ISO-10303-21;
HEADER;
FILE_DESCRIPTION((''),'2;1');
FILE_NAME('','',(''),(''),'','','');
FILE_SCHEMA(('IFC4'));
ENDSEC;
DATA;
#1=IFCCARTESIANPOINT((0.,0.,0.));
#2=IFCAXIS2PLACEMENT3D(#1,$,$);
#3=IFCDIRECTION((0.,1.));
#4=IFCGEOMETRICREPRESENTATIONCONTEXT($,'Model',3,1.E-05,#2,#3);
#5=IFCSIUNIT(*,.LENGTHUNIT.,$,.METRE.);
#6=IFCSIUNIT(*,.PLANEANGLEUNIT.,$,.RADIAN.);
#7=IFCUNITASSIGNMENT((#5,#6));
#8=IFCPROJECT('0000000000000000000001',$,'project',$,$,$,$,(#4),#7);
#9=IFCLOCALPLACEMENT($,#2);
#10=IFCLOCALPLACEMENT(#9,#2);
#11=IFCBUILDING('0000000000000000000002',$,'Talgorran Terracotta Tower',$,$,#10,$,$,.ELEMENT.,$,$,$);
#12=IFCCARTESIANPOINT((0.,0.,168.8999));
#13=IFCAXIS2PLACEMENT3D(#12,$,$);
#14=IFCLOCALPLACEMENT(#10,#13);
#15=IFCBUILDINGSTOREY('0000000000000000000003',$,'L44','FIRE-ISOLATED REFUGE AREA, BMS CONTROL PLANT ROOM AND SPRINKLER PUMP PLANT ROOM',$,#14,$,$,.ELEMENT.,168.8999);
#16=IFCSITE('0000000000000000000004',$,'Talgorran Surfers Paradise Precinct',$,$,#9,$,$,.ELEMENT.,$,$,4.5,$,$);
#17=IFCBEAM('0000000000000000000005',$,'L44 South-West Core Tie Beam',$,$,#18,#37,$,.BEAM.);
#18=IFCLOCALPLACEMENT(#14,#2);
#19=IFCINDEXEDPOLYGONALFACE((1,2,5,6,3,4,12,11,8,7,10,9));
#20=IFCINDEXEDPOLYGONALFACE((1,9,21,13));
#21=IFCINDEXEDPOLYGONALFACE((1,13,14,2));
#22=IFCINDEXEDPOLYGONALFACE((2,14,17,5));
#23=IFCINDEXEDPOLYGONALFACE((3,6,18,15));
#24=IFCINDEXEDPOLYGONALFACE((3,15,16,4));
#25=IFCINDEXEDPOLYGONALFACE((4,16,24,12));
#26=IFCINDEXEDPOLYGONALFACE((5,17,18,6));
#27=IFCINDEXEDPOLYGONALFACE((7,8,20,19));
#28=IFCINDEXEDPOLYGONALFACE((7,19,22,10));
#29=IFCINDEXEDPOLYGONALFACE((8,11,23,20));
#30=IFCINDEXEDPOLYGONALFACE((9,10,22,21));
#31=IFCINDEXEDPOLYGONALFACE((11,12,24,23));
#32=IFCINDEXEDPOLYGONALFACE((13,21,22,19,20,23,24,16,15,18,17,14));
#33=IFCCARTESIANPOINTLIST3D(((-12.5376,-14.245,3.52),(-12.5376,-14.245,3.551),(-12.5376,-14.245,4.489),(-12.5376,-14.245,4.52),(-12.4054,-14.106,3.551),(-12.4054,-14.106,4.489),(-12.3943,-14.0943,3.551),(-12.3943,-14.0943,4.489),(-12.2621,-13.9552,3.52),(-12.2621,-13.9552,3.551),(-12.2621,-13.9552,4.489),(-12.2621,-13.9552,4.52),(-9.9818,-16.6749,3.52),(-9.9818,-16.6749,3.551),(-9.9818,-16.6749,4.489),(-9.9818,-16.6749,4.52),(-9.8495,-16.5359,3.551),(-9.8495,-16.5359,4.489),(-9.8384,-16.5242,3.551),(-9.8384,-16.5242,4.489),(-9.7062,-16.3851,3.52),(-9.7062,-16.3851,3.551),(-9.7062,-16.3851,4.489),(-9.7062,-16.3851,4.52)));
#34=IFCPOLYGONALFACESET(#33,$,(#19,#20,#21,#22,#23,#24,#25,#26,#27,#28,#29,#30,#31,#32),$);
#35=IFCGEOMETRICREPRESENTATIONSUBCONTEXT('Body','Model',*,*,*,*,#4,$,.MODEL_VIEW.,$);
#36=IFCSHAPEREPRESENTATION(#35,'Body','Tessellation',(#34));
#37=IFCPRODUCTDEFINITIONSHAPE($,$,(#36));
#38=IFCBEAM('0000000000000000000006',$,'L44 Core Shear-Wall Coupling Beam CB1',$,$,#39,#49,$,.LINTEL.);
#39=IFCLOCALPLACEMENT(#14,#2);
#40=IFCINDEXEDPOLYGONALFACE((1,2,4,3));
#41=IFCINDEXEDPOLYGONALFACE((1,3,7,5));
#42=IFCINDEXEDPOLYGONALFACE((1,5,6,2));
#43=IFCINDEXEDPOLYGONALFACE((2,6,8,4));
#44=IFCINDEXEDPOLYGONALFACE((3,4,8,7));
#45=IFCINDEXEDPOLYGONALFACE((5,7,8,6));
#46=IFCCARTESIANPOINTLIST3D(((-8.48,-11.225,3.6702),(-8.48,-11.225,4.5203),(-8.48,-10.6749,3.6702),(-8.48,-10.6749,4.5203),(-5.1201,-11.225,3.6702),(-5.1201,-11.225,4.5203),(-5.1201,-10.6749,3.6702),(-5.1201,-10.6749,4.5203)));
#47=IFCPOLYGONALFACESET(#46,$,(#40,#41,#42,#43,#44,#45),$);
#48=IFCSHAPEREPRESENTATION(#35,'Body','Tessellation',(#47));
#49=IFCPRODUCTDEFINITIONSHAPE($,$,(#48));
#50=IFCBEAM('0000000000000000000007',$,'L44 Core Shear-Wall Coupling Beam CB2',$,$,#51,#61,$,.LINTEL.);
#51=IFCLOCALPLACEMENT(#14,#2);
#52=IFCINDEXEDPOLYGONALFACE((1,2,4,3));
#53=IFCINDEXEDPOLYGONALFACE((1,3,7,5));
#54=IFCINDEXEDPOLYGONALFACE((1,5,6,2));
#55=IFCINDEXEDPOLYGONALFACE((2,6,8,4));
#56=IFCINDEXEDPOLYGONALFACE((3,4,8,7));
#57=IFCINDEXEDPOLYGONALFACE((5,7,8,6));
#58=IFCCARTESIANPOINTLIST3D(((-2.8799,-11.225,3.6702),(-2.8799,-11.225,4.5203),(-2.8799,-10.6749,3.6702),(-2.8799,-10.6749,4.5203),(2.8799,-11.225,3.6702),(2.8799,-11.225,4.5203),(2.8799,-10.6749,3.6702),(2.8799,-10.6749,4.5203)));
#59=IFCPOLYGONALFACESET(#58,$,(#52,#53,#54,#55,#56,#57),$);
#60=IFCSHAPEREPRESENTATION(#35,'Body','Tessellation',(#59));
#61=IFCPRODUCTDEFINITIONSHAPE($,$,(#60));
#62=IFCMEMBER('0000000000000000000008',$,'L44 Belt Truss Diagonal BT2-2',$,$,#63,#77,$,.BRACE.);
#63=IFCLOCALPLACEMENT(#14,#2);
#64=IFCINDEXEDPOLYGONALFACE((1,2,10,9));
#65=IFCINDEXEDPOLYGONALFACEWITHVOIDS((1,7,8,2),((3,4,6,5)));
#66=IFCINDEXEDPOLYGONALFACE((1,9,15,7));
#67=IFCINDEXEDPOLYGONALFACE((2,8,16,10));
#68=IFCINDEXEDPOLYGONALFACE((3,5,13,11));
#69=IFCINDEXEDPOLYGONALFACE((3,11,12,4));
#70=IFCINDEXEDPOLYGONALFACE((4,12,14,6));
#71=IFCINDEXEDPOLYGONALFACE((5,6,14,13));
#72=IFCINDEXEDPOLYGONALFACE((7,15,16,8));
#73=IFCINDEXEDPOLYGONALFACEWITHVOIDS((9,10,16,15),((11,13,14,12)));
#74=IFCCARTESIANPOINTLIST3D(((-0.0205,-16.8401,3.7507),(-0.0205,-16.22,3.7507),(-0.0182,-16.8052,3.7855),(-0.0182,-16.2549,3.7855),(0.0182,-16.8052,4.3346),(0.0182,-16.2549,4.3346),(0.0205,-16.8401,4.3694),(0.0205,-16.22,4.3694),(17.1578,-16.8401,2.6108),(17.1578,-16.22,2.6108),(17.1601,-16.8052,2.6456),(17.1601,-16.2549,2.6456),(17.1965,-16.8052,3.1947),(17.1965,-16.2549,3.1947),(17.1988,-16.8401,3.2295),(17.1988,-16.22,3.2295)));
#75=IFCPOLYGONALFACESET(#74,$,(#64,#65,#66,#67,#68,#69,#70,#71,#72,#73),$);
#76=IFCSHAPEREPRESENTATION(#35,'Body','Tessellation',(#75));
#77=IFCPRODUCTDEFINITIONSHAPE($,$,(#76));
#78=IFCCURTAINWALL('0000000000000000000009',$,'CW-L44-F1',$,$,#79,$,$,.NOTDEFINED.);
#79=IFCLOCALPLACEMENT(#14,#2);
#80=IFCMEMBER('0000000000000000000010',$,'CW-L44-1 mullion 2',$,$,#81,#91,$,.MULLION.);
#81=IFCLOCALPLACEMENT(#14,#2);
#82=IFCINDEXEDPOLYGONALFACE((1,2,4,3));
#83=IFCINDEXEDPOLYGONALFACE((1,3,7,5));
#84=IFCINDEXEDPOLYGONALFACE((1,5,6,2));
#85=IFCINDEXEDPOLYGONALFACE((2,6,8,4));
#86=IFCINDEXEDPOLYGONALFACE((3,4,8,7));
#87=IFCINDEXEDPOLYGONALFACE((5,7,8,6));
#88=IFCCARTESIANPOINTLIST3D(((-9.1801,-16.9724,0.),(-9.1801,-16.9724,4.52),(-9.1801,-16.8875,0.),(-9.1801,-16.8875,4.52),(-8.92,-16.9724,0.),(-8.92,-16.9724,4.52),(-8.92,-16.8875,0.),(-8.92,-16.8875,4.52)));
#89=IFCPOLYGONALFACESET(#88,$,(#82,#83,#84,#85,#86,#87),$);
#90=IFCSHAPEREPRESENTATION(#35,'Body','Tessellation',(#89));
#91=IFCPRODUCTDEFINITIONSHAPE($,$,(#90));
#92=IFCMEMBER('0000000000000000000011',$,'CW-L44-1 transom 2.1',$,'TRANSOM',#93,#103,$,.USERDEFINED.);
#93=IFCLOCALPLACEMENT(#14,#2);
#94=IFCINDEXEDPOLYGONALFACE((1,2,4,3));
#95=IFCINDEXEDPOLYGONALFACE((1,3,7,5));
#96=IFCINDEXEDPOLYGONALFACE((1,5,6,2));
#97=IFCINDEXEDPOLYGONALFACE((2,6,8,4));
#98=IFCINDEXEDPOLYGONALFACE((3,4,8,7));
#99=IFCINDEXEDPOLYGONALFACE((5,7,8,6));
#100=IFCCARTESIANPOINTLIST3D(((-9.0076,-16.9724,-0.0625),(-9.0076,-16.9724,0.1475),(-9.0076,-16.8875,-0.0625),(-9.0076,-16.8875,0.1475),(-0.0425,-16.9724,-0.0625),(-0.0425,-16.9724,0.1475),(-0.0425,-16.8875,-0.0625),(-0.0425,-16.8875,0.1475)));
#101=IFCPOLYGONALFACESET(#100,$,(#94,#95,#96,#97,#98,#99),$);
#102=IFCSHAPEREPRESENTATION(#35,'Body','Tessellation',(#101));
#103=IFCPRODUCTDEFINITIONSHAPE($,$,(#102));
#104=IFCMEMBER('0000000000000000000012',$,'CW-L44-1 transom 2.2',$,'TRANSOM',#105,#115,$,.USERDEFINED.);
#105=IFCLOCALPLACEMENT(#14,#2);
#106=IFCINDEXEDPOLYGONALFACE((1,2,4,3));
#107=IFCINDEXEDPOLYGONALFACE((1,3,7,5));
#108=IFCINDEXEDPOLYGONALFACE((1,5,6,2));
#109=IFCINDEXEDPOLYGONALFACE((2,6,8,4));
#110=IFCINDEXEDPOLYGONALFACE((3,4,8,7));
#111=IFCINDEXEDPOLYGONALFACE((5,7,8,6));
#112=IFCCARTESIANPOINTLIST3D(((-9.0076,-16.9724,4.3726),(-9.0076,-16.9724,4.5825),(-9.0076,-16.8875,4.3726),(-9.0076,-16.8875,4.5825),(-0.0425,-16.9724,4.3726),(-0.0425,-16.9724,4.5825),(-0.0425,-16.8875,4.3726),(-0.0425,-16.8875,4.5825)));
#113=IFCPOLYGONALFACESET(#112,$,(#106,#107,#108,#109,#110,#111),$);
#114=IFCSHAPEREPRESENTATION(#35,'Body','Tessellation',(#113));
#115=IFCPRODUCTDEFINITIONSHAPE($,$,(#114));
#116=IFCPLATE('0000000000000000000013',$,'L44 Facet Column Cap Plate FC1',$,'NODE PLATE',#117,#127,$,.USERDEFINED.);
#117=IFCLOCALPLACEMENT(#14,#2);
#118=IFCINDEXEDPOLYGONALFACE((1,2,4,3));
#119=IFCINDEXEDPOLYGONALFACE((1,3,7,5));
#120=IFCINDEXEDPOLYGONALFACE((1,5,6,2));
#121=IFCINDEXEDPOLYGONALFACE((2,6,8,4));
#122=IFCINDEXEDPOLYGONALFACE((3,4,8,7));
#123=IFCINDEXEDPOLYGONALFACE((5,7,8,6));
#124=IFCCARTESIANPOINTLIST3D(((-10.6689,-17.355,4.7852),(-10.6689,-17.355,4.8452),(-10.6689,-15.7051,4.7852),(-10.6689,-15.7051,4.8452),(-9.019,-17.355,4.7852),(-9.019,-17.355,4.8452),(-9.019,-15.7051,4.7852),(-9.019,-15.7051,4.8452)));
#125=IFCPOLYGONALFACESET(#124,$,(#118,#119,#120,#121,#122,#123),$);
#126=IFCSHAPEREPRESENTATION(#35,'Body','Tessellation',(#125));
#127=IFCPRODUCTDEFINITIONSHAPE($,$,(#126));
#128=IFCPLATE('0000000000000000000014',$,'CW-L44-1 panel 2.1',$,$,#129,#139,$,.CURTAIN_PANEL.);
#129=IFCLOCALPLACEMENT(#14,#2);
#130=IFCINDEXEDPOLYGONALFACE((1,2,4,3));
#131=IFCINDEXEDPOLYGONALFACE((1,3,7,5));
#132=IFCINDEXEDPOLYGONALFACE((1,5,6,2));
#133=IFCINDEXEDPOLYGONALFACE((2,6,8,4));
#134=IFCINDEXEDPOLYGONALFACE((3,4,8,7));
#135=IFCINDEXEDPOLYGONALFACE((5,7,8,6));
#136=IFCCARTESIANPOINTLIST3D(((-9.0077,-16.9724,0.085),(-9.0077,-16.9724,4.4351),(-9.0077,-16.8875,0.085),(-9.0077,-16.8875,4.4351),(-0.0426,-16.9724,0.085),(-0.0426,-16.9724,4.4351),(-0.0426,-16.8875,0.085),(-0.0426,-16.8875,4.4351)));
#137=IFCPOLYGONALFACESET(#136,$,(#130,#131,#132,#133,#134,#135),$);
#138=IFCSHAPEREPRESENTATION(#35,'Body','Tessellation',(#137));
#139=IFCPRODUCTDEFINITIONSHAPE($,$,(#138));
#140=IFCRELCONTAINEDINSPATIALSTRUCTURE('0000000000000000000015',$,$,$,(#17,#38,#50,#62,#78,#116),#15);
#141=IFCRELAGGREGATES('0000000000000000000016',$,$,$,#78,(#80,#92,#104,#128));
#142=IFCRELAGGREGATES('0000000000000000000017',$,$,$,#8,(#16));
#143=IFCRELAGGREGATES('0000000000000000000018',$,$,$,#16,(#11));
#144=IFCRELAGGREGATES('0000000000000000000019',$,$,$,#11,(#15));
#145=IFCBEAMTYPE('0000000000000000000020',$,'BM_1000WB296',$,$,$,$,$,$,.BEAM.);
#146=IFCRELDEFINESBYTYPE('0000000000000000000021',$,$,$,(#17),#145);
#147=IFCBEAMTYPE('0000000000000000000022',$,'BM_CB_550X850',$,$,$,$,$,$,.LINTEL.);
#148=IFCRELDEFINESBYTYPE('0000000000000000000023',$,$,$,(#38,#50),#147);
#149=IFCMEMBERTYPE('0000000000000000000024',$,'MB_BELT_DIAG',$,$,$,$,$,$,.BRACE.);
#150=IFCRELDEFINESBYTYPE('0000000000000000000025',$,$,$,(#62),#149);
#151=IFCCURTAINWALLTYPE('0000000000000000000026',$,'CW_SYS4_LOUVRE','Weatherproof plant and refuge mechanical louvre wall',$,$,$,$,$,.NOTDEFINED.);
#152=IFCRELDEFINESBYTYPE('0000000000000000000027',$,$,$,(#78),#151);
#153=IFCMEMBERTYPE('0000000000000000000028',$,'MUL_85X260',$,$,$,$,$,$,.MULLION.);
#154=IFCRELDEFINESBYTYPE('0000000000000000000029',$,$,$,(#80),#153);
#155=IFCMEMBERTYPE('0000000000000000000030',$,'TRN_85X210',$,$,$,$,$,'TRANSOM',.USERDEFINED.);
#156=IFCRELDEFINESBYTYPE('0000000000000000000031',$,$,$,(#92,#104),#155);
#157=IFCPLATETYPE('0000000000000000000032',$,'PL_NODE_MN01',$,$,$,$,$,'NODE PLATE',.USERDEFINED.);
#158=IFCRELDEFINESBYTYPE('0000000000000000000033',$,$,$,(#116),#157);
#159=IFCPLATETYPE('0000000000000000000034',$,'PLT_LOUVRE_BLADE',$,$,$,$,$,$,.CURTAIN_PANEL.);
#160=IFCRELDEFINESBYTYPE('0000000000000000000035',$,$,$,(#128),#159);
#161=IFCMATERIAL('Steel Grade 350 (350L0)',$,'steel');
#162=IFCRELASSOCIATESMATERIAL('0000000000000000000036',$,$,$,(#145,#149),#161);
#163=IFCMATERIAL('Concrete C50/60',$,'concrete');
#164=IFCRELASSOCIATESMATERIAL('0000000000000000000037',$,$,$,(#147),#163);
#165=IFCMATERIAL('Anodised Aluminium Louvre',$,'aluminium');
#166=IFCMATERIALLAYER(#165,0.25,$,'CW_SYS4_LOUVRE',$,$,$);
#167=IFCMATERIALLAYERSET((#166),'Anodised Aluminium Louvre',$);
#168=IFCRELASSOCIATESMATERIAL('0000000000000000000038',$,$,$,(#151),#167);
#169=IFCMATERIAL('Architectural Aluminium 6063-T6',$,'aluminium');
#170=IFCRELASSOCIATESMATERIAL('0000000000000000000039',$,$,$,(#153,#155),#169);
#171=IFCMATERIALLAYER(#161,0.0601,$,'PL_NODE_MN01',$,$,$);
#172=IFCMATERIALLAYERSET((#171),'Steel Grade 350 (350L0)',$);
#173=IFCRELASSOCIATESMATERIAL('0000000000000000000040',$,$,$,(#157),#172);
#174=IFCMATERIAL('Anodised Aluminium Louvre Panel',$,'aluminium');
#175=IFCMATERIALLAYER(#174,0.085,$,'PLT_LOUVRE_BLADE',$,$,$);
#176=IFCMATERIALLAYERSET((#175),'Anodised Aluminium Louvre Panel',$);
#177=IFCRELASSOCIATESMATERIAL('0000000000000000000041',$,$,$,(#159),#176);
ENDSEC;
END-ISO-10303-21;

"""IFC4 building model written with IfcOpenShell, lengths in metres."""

from ifc_helpers import new_model, si_unit, direction, frame, origin, origin_2d, place, context, subcontext, project, spatial, rectangle, hollow_rectangle, i_section, extrude, source, transform, mapped, material, layer, layer_set, material_profile, profile_set, type_object, type_shapes, element, aggregate, save


model = new_model("IFC4")

# Units and contexts
model_context = context("Model", 3, precision=1e-05, world=origin(), true_north=direction((0.0, 1.0)))
body_context = subcontext(model_context, "Body", "Model", "MODEL_VIEW")
ifc_project = project(units=[si_unit("LENGTHUNIT", "METRE"), si_unit("PLANEANGLEUNIT", "RADIAN")], contexts=[model_context])

# Site, building, storey
site_placement = place(None, origin())
site = spatial("IfcSite", under=ifc_project, at=site_placement, Name="Talgorran Surfers Paradise Precinct", CompositionType="ELEMENT", RefElevation=4.5)
building_placement = place(site_placement, origin())
building = spatial("IfcBuilding", under=site, at=building_placement, Name="Talgorran Terracotta Tower", CompositionType="ELEMENT")
storey_placement = place(building_placement, frame((0.0, 0.0, 168.8999)))
storey = spatial("IfcBuildingStorey", under=building, at=storey_placement, Name="L44", Description="FIRE-ISOLATED REFUGE AREA, BMS CONTROL PLANT ROOM AND SPRINKLER PUMP PLANT ROOM", CompositionType="ELEMENT", Elevation=168.8999)

# Beams
ifc_material_1 = material(Name="Steel Grade 350 (350L0)", Category="steel")
ifc_material_profile_1 = material_profile(ifc_material_1, i_section(OverallWidth=0.3999, OverallDepth=1.0, WebThickness=0.0161, FlangeThickness=0.031, at=origin_2d()), Name="1000WB296")
ifc_profile_set_1 = profile_set([ifc_material_profile_1], Name="Steel Grade 350 (350L0)")
beam_type_1 = type_object("IfcBeamType", Name="BM_1000WB296", PredefinedType="BEAM", material=ifc_profile_set_1)
beam_1_placement = place(storey_placement, frame((-9.844, -16.53, 4.02), z_axis=(-0.724742, 0.689021, 0.0), x_axis=(-0.689021, -0.724742, 0.0)))
element("IfcBeam", 1, at=beam_1_placement, inside=storey, type_object=beam_type_1, Name="L44 South-West Core Tie Beam", PredefinedType="BEAM", context=body_context, shape_type="SweptSolid", body=[
    extrude(i_section(OverallWidth=0.3999, OverallDepth=1.0, WebThickness=0.0161, FlangeThickness=0.031, at=origin_2d()), origin(), (0.0, 0.0, 1.0), 3.5266),
])
ifc_material_2 = material(Name="Concrete C50/60", Category="concrete")
ifc_material_profile_2 = material_profile(ifc_material_2, rectangle(XDim=0.55, YDim=0.8501, at=origin_2d()), Name="RCCB550X850")
ifc_profile_set_2 = profile_set([ifc_material_profile_2], Name="Concrete C50/60")
beam_type_2 = type_object("IfcBeamType", Name="BM_CB_550X850", PredefinedType="LINTEL", material=ifc_profile_set_2)
beam_2_placement = place(storey_placement, frame((-8.48, -10.95, 4.0952), z_axis=(1.0, 0.0, 0.0), x_axis=(0.0, 1.0, 0.0)))
element("IfcBeam", 2, at=beam_2_placement, inside=storey, type_object=beam_type_2, Name="L44 Core Shear-Wall Coupling Beam CB1", PredefinedType="LINTEL", context=body_context, shape_type="SweptSolid", body=[
    extrude(rectangle(XDim=0.55, YDim=0.8501, at=origin_2d()), origin(), (0.0, 0.0, 1.0), 3.3599),
])
beam_3_placement = place(storey_placement, frame((-2.8799, -10.95, 4.0952), z_axis=(1.0, 0.0, 0.0), x_axis=(0.0, 1.0, 0.0)))
element("IfcBeam", 3, at=beam_3_placement, inside=storey, type_object=beam_type_2, Name="L44 Core Shear-Wall Coupling Beam CB2", PredefinedType="LINTEL", context=body_context, shape_type="SweptSolid", body=[
    extrude(rectangle(XDim=0.55, YDim=0.8501, at=origin_2d()), origin(), (0.0, 0.0, 1.0), 5.7598),
])

# Member
ifc_material_profile_3 = material_profile(ifc_material_1, hollow_rectangle(XDim=0.6201, YDim=0.6201, WallThickness=0.0349, at=origin_2d()), Name="WBOX620X620X35")
ifc_profile_set_3 = profile_set([ifc_material_profile_3], Name="Steel Grade 350 (350L0)")
member_type_1 = type_object("IfcMemberType", Name="MB_BELT_DIAG", PredefinedType="BRACE", material=ifc_profile_set_3)
member_1_placement = place(storey_placement, frame((0.0, -16.53, 4.0601), z_axis=(0.997806, 0.0, -0.066211), x_axis=(0.0, 1.0, 0.0)))
element("IfcMember", 4, at=member_1_placement, inside=storey, type_object=member_type_1, Name="L44 Belt Truss Diagonal BT2-2", PredefinedType="BRACE", context=body_context, shape_type="SweptSolid", body=[
    extrude(hollow_rectangle(XDim=0.6201, YDim=0.6201, WallThickness=0.0349, at=origin_2d()), origin(), (0.0, 0.0, 1.0), 17.2161),
])

# Curtain wall, members
ifc_material_3 = material(Name="Anodised Aluminium Louvre", Category="aluminium")
ifc_layer_1 = layer(ifc_material_3, 0.25, Name="CW_SYS4_LOUVRE")
ifc_layer_set_1 = layer_set([ifc_layer_1], Name="Anodised Aluminium Louvre")
curtain_wall_type = type_object("IfcCurtainWallType", Name="CW_SYS4_LOUVRE", Description="Weatherproof plant and refuge mechanical louvre wall", PredefinedType="NOTDEFINED", material=ifc_layer_set_1)
curtain_wall_placement = place(storey_placement, origin())
curtain_wall = element("IfcCurtainWall", 5, at=curtain_wall_placement, inside=storey, type_object=curtain_wall_type, Name="CW-L44-F1", PredefinedType="NOTDEFINED")
ifc_material_4 = material(Name="Architectural Aluminium 6063-T6", Category="aluminium")
ifc_material_profile_4 = material_profile(ifc_material_4, rectangle(XDim=0.085, YDim=0.26, at=origin_2d()), Name="CWM85X260")
ifc_profile_set_4 = profile_set([ifc_material_profile_4], Name="Architectural Aluminium 6063-T6")
member_type_2 = type_object("IfcMemberType", Name="MUL_85X260", PredefinedType="MULLION", material=ifc_profile_set_4)
member_2_placement = place(storey_placement, frame((-9.05, -16.9299, 0.0), z_axis=(0.0, 0.0, 1.0), x_axis=(0.0, 1.0, 0.0)))
member_2 = element("IfcMember", 6, at=member_2_placement, type_object=member_type_2, Name="CW-L44-1 mullion 2", PredefinedType="MULLION", context=body_context, shape_type="SweptSolid", body=[
    extrude(rectangle(XDim=0.085, YDim=0.26, at=origin_2d()), origin(), (0.0, 0.0, 1.0), 4.52),
])
ifc_material_profile_5 = material_profile(ifc_material_4, rectangle(XDim=0.085, YDim=0.21, at=origin_2d()), Name="CWT85X210")
ifc_profile_set_5 = profile_set([ifc_material_profile_5], Name="Architectural Aluminium 6063-T6")
member_type_3 = type_object("IfcMemberType", Name="TRN_85X210", ElementType="TRANSOM", PredefinedType="USERDEFINED", material=ifc_profile_set_5)
member_3_placement = place(storey_placement, frame((-9.0076, -16.9299, 0.0425), z_axis=(1.0, 0.0, 0.0), x_axis=(0.0, 1.0, 0.0)))
member_3 = element("IfcMember", 7, at=member_3_placement, type_object=member_type_3, Name="CW-L44-1 transom 2.1", ObjectType="TRANSOM", PredefinedType="USERDEFINED", context=body_context, shape_type="SweptSolid", body=[
    extrude(rectangle(XDim=0.085, YDim=0.21, at=origin_2d()), origin(), (0.0, 0.0, 1.0), 8.9651),
])
member_4_placement = place(storey_placement, frame((-9.0076, -16.9299, 4.4775), z_axis=(1.0, 0.0, 0.0), x_axis=(0.0, 1.0, 0.0)))
member_4 = element("IfcMember", 8, at=member_4_placement, type_object=member_type_3, Name="CW-L44-1 transom 2.2", ObjectType="TRANSOM", PredefinedType="USERDEFINED", context=body_context, shape_type="SweptSolid", body=[
    extrude(rectangle(XDim=0.085, YDim=0.21, at=origin_2d()), origin(), (0.0, 0.0, 1.0), 8.9651),
])

# Plates
ifc_layer_2 = layer(ifc_material_1, 0.0601, Name="PL_NODE_MN01")
ifc_layer_set_2 = layer_set([ifc_layer_2], Name="Steel Grade 350 (350L0)")
plate_type_1 = type_object("IfcPlateType", Name="PL_NODE_MN01", ElementType="NODE PLATE", PredefinedType="USERDEFINED", material=ifc_layer_set_2)
plate_1_placement = place(storey_placement, frame((-9.844, -16.53, 4.7852), z_axis=(0.0, 0.0, 1.0), x_axis=(1.0, 0.0, 0.0)))
element("IfcPlate", 9, at=plate_1_placement, inside=storey, type_object=plate_type_1, Name="L44 Facet Column Cap Plate FC1", ObjectType="NODE PLATE", PredefinedType="USERDEFINED", context=body_context, shape_type="SweptSolid", body=[
    extrude(rectangle(XDim=1.6499, YDim=1.6499, at=origin_2d()), origin(), (0.0, 0.0, 1.0), 0.0601),
])
ifc_material_5 = material(Name="Anodised Aluminium Louvre Panel", Category="aluminium")
ifc_layer_3 = layer(ifc_material_5, 0.085, Name="PLT_LOUVRE_BLADE")
ifc_layer_set_3 = layer_set([ifc_layer_3], Name="Anodised Aluminium Louvre Panel")
plate_type_2 = type_object("IfcPlateType", Name="PLT_LOUVRE_BLADE", PredefinedType="CURTAIN_PANEL", material=ifc_layer_set_3)
shared_shape = source(origin(), body_context, "Body", "SweptSolid", [
    extrude(rectangle(XDim=8.9651, YDim=0.085, at=origin_2d()), origin(), (0.0, 0.0, 1.0), 4.3501),
])
type_shapes(plate_type_2, [shared_shape])
plate_2_placement = place(storey_placement, frame((-4.5251, -16.9299, 0.085), z_axis=(0.0, 0.0, 1.0), x_axis=(1.0, 0.0, 0.0)))
plate_2 = element("IfcPlate", 10, at=plate_2_placement, type_object=plate_type_2, Name="CW-L44-1 panel 2.1", PredefinedType="CURTAIN_PANEL", context=body_context, shape_type="MappedRepresentation", body=[
    mapped(shared_shape, transform((0.0, 0.0, 0.0), scale=1.0)),
])
aggregate(curtain_wall, [member_2, member_3, member_4, plate_2])

save(model, "model.ifc")
